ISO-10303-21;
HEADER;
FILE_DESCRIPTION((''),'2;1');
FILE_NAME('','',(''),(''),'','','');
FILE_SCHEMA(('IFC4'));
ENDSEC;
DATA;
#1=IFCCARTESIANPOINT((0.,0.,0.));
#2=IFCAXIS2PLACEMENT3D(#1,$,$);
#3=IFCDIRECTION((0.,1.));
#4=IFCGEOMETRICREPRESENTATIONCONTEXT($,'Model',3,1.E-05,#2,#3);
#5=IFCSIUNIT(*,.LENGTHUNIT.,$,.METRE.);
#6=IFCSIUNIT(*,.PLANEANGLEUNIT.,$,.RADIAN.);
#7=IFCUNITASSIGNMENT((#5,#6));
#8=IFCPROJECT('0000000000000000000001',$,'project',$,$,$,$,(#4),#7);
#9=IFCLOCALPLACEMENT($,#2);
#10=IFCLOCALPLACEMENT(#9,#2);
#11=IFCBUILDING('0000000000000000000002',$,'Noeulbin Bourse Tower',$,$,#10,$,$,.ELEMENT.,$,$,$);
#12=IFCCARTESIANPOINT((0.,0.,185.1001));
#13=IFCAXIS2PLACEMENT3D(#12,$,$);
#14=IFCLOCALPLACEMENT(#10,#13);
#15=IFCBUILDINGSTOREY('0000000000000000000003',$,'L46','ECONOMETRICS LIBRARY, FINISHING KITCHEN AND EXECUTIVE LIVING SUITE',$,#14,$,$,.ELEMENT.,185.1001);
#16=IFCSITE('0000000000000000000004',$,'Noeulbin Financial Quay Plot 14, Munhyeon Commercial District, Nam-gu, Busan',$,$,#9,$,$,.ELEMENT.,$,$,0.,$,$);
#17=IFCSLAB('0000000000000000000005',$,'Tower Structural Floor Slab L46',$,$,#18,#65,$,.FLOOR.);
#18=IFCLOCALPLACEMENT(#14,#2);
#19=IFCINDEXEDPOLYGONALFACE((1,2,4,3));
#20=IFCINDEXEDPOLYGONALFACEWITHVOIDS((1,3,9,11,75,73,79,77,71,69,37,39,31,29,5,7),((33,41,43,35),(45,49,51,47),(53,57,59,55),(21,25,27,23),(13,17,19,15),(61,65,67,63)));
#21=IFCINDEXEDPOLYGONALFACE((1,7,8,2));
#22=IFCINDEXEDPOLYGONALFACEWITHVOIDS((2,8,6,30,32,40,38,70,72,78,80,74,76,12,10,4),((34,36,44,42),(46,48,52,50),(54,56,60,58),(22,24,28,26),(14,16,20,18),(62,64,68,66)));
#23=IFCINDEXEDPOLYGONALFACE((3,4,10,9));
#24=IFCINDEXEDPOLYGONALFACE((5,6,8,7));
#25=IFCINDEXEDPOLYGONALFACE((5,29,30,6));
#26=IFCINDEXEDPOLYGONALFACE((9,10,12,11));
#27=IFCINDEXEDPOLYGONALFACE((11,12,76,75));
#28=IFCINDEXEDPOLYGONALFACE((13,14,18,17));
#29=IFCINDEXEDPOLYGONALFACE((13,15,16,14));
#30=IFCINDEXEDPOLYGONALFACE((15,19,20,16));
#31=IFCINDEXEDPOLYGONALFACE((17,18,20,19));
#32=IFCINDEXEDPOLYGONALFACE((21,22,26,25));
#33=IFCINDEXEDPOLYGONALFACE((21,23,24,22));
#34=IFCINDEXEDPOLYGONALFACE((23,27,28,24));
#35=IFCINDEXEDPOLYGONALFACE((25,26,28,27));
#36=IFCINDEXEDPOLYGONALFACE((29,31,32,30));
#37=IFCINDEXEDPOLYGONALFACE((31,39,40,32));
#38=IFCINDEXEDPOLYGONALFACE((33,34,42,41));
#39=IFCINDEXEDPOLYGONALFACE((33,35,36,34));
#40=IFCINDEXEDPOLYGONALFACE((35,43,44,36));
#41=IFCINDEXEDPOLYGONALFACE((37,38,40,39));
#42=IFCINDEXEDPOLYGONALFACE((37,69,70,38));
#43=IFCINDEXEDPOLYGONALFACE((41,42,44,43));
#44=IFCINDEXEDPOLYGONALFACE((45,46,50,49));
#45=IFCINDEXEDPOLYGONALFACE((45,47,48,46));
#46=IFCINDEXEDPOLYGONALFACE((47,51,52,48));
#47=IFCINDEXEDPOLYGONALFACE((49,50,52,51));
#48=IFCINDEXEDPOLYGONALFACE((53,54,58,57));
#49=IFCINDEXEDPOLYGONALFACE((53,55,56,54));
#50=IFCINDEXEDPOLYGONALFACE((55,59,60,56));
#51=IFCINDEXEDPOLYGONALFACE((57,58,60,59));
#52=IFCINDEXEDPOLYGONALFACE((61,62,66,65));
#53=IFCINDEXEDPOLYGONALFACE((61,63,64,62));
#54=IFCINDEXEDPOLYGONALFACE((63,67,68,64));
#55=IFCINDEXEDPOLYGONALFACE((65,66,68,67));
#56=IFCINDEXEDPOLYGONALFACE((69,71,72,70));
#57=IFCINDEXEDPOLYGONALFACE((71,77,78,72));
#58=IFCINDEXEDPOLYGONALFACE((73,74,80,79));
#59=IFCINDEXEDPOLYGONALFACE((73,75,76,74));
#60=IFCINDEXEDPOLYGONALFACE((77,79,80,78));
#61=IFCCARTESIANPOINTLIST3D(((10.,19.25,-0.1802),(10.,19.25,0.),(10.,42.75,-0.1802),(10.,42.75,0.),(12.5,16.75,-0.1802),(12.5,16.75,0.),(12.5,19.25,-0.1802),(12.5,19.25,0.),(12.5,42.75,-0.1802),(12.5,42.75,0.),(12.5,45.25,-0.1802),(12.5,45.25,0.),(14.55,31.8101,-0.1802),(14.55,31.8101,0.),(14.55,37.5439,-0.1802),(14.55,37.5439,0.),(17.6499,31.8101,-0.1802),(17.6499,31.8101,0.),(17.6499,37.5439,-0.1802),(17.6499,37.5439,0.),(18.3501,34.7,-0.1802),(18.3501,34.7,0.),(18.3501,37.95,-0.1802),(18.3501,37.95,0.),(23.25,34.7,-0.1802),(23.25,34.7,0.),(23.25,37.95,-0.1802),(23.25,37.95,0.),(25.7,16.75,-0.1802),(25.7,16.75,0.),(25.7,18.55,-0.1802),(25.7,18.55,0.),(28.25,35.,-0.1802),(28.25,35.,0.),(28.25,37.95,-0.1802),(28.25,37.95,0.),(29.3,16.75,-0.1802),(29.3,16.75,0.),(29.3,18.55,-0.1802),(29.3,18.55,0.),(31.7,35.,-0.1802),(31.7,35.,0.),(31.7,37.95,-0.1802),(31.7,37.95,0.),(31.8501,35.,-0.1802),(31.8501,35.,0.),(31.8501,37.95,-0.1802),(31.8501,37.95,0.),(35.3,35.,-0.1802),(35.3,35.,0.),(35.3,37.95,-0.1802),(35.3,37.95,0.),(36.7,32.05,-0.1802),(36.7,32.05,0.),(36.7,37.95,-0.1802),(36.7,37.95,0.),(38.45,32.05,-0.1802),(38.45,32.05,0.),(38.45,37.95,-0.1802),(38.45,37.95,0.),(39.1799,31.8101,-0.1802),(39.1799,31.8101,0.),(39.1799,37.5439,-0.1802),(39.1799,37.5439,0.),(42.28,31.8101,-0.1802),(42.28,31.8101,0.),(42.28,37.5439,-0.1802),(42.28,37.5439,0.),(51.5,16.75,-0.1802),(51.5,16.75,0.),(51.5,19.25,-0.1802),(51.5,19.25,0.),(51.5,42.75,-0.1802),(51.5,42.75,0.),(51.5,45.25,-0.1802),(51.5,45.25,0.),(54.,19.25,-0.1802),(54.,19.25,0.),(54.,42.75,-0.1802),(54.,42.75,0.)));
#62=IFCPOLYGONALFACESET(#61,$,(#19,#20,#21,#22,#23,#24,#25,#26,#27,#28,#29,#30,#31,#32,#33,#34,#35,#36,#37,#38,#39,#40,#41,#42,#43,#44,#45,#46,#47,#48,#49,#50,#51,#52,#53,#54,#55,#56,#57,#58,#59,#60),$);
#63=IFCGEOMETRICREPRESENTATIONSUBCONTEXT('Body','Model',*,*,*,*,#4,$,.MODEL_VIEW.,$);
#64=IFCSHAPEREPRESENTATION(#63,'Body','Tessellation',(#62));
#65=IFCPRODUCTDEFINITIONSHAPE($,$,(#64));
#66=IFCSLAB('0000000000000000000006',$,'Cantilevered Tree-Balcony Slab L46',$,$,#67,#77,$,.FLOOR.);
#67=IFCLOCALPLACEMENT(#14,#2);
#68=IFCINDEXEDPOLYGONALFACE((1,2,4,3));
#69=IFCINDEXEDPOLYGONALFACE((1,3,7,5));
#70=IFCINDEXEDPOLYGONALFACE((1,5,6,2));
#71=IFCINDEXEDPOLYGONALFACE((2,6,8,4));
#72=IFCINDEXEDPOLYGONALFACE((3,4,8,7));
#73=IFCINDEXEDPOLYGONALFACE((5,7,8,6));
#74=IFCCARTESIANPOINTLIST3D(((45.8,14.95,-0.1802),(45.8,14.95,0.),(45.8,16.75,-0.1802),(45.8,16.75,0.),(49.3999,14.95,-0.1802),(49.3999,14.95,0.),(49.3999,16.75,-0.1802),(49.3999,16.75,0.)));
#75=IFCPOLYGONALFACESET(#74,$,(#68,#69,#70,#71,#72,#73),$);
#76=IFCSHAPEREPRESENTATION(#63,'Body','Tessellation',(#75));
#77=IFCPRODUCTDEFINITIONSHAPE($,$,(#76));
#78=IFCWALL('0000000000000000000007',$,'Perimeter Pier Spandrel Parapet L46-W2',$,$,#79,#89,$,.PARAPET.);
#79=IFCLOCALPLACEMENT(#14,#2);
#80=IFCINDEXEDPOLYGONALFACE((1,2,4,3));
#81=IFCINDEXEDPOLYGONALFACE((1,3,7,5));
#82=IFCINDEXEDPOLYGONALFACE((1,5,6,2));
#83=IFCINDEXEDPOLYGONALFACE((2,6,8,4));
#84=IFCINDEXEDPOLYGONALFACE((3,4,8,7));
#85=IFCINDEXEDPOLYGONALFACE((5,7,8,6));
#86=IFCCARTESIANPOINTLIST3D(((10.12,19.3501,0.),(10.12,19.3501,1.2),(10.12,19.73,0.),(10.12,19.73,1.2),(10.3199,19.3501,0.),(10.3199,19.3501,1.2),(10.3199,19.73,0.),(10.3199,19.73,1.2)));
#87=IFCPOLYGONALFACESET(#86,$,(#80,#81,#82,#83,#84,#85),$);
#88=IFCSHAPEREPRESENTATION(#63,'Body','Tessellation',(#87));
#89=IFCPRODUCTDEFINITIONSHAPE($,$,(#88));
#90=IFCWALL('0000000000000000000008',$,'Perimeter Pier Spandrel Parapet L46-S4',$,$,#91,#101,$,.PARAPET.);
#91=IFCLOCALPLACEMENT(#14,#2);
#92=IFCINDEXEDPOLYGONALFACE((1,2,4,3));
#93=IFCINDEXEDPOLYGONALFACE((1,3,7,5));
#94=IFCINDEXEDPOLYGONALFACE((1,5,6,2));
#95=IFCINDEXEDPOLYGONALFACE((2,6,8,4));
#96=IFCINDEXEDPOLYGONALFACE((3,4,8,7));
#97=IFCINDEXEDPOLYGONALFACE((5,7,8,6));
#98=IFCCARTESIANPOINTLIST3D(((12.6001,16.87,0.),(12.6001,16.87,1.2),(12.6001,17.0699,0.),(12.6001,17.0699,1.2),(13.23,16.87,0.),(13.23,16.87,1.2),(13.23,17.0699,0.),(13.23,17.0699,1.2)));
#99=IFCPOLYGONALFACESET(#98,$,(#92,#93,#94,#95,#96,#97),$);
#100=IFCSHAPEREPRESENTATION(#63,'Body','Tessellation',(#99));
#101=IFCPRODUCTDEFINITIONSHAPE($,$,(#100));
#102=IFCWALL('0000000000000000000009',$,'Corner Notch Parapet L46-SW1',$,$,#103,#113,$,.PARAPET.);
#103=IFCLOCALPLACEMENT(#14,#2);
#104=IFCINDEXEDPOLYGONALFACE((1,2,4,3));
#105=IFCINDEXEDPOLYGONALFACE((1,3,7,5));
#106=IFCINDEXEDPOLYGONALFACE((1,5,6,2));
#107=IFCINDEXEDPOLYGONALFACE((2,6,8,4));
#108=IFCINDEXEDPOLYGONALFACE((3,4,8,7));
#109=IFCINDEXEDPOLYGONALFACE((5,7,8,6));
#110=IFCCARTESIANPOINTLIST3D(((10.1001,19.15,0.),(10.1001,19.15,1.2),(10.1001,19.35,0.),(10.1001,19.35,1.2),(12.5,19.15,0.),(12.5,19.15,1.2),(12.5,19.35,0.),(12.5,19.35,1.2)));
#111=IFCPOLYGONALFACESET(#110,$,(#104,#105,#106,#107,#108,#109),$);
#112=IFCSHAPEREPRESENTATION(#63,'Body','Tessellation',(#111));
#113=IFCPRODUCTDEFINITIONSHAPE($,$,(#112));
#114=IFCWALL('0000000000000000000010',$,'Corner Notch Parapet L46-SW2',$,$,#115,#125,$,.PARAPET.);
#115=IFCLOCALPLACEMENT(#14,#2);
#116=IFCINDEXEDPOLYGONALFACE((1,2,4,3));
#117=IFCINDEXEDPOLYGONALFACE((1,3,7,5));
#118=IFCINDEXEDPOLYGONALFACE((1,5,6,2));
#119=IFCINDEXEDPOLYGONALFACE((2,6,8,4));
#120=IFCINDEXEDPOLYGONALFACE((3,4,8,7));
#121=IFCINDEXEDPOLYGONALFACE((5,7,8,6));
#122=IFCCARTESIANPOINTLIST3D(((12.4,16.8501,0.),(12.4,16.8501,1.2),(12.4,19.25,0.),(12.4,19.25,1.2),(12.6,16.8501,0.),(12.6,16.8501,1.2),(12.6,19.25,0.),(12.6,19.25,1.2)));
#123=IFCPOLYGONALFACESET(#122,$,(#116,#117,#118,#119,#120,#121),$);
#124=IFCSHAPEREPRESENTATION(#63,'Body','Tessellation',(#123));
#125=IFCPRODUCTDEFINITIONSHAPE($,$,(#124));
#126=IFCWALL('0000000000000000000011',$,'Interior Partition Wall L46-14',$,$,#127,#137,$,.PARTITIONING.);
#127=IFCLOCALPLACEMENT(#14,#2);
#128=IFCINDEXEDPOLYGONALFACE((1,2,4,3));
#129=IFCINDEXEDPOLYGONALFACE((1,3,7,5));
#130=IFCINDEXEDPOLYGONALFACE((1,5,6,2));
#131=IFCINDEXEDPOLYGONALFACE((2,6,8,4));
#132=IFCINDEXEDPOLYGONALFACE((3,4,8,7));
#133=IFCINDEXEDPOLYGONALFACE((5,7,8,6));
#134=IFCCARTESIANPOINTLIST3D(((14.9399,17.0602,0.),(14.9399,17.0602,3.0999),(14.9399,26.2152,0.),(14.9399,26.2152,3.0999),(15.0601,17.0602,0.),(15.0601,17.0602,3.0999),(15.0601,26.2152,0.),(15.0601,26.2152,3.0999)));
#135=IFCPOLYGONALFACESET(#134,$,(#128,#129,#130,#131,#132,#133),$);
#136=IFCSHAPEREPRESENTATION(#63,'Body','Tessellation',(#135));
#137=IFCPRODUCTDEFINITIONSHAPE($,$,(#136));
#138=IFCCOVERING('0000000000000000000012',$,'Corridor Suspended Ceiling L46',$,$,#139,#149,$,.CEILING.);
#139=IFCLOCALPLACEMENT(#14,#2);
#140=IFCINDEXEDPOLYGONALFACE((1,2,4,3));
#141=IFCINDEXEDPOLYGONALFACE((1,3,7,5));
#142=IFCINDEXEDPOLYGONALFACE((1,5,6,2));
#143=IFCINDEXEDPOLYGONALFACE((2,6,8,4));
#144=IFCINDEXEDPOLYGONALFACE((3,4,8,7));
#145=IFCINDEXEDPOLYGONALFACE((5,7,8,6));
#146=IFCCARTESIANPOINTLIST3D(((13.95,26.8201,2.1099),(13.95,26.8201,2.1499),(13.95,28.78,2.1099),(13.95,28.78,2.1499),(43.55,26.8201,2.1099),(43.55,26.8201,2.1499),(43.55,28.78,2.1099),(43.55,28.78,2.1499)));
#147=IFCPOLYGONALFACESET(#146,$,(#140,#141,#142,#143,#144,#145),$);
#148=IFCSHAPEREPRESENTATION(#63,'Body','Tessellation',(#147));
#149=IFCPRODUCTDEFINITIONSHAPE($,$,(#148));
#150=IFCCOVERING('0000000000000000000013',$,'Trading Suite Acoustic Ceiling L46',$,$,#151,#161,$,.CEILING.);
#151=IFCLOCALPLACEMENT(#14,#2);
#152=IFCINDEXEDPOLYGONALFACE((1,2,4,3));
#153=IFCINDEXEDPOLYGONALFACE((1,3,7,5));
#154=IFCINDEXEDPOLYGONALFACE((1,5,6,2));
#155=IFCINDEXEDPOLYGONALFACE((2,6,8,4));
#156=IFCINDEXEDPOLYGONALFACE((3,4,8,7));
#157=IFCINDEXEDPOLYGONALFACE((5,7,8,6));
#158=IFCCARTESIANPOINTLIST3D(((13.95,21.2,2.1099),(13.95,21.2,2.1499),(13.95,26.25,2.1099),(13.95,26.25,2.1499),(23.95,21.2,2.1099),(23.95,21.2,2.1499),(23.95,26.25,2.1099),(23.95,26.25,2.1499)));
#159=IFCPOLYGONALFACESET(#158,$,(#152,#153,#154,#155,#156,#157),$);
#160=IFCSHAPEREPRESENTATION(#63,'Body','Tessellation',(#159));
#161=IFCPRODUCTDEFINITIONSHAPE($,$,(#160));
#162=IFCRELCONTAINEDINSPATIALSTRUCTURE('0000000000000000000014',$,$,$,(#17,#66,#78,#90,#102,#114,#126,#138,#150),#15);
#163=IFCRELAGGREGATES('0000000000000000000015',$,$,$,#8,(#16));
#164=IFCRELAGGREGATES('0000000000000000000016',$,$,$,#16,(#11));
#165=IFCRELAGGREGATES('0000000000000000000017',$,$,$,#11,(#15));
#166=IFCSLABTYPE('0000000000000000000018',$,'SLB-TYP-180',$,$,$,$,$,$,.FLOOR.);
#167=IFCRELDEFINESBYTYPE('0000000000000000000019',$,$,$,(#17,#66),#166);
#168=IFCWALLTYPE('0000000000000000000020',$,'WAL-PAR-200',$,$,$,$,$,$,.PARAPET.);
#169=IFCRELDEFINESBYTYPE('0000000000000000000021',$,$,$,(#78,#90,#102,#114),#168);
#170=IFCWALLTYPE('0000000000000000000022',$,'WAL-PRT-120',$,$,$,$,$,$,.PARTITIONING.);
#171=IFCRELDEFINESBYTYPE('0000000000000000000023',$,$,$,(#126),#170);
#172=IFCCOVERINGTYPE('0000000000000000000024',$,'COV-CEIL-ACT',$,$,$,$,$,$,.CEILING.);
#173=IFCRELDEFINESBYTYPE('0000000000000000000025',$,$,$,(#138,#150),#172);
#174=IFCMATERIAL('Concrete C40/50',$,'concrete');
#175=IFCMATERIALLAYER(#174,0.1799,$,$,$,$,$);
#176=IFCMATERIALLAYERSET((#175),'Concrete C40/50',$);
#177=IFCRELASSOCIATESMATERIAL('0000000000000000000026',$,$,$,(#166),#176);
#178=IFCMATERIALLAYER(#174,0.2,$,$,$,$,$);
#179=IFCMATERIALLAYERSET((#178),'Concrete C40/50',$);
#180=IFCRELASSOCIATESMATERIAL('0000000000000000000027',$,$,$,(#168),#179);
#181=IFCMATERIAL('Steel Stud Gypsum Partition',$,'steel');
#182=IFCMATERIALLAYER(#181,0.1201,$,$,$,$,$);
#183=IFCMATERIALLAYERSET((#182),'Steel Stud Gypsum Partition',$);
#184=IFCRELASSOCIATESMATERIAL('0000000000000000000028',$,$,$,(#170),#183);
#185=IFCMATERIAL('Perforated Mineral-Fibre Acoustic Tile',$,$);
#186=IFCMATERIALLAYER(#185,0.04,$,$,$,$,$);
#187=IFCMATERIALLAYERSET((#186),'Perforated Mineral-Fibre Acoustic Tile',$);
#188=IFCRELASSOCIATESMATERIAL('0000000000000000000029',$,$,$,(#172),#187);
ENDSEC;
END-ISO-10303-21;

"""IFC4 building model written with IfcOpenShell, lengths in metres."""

from ifc_helpers import new_model, si_unit, direction, frame, frame_2d, origin, place, context, subcontext, project, spatial, polyline, rectangle, outline, extrude, material, layer, layer_set, type_object, element, save


model = new_model("IFC4")

# Units and contexts
model_context = context("Model", 3, precision=1e-05, world=origin(), true_north=direction((0.0, 1.0)))
body_context = subcontext(model_context, "Body", "Model", "MODEL_VIEW")
ifc_project = project(units=[si_unit("LENGTHUNIT", "METRE"), si_unit("PLANEANGLEUNIT", "RADIAN")], contexts=[model_context])

# Site, building, storey
site_placement = place(None, origin())
site = spatial("IfcSite", under=ifc_project, at=site_placement, Name="Noeulbin Financial Quay Plot 14, Munhyeon Commercial District, Nam-gu, Busan", CompositionType="ELEMENT", RefElevation=0.0)
building_placement = place(site_placement, origin())
building = spatial("IfcBuilding", under=site, at=building_placement, Name="Noeulbin Bourse Tower", CompositionType="ELEMENT")
storey_placement = place(building_placement, frame((0.0, 0.0, 185.1001)))
storey = spatial("IfcBuildingStorey", under=building, at=storey_placement, Name="L46", Description="ECONOMETRICS LIBRARY, FINISHING KITCHEN AND EXECUTIVE LIVING SUITE", CompositionType="ELEMENT", Elevation=185.1001)

# Shared definitions
ifc_material_1 = material(Name="Concrete C40/50", Category="concrete")

# Slab, openings
ifc_layer_1 = layer(ifc_material_1, 0.1799)
ifc_layer_set_1 = layer_set([ifc_layer_1], Name="Concrete C40/50")
slab_type_1 = type_object("IfcSlabType", Name="SLB-TYP-180", PredefinedType="FLOOR", material=ifc_layer_set_1)
slab_1_placement = place(storey_placement, frame((0.0, 0.0, -0.1802)))
slab_1 = element("IfcSlab", 1, at=slab_1_placement, inside=storey, type_object=slab_type_1, Name="Tower Structural Floor Slab L46", PredefinedType="FLOOR", context=body_context, shape_type="SweptSolid", body=[
    extrude(outline(polyline([(12.5, 16.75), (25.7, 16.75), (25.7, 18.55), (29.3, 18.55), (29.3, 16.75), (51.5, 16.75), (51.5, 19.25), (54.0, 19.25), (54.0, 42.75), (51.5, 42.75), (51.5, 45.25), (12.5, 45.25), (12.5, 42.75), (10.0, 42.75), (10.0, 19.25), (12.5, 19.25), (12.5, 16.75)]), holes=[polyline([(17.6499, 31.8101), (17.6499, 37.5439), (14.55, 37.5439), (14.55, 31.8101), (17.6499, 31.8101)]), polyline([(42.28, 31.8101), (42.28, 37.5439), (39.1799, 37.5439), (39.1799, 31.8101), (42.28, 31.8101)]), polyline([(18.3501, 34.7), (23.25, 34.7), (23.25, 37.95), (18.3501, 37.95), (18.3501, 34.7)]), polyline([(36.7, 32.05), (38.45, 32.05), (38.45, 37.95), (36.7, 37.95), (36.7, 32.05)]), polyline([(28.25, 35.0), (31.7, 35.0), (31.7, 37.95), (28.25, 37.95), (28.25, 35.0)]), polyline([(31.8501, 35.0), (35.3, 35.0), (35.3, 37.95), (31.8501, 37.95), (31.8501, 35.0)])]), origin(), (0.0, 0.0, 1.0), 0.1802),
])
opening_1_placement = place(slab_1_placement, frame((0.0, 0.0, -0.01)))
element("IfcOpeningElement", 2, at=opening_1_placement, cuts=slab_1, PredefinedType="OPENING", context=body_context, shape_type="SweptSolid", body=[
    extrude(outline(polyline([(17.6499, 31.8101), (17.6499, 37.5439), (14.55, 37.5439), (14.55, 31.8101), (17.6499, 31.8101)])), origin(), (0.0, 0.0, 1.0), 0.2002),
])
opening_2_placement = place(slab_1_placement, frame((0.0, 0.0, -0.01)))
element("IfcOpeningElement", 3, at=opening_2_placement, cuts=slab_1, PredefinedType="OPENING", context=body_context, shape_type="SweptSolid", body=[
    extrude(outline(polyline([(42.28, 31.8101), (42.28, 37.5439), (39.1799, 37.5439), (39.1799, 31.8101), (42.28, 31.8101)])), origin(), (0.0, 0.0, 1.0), 0.2002),
])
opening_3_placement = place(slab_1_placement, frame((0.0, 0.0, -0.01)))
element("IfcOpeningElement", 4, at=opening_3_placement, cuts=slab_1, PredefinedType="OPENING", context=body_context, shape_type="SweptSolid", body=[
    extrude(outline(polyline([(18.3501, 34.7), (23.25, 34.7), (23.25, 37.95), (18.3501, 37.95), (18.3501, 34.7)])), origin(), (0.0, 0.0, 1.0), 0.2002),
])
opening_4_placement = place(slab_1_placement, frame((0.0, 0.0, -0.01)))
element("IfcOpeningElement", 5, at=opening_4_placement, cuts=slab_1, PredefinedType="OPENING", context=body_context, shape_type="SweptSolid", body=[
    extrude(outline(polyline([(36.7, 32.05), (38.45, 32.05), (38.45, 37.95), (36.7, 37.95), (36.7, 32.05)])), origin(), (0.0, 0.0, 1.0), 0.2002),
])
opening_5_placement = place(slab_1_placement, frame((0.0, 0.0, -0.01)))
element("IfcOpeningElement", 6, at=opening_5_placement, cuts=slab_1, PredefinedType="OPENING", context=body_context, shape_type="SweptSolid", body=[
    extrude(outline(polyline([(28.25, 35.0), (31.7, 35.0), (31.7, 37.95), (28.25, 37.95), (28.25, 35.0)])), origin(), (0.0, 0.0, 1.0), 0.2002),
])
opening_6_placement = place(slab_1_placement, frame((0.0, 0.0, -0.01)))
element("IfcOpeningElement", 7, at=opening_6_placement, cuts=slab_1, PredefinedType="OPENING", context=body_context, shape_type="SweptSolid", body=[
    extrude(outline(polyline([(31.8501, 35.0), (35.3, 35.0), (35.3, 37.95), (31.8501, 37.95), (31.8501, 35.0)])), origin(), (0.0, 0.0, 1.0), 0.2002),
])

# Slab
slab_2_placement = place(storey_placement, frame((0.0, 0.0, -0.1802)))
element("IfcSlab", 8, at=slab_2_placement, inside=storey, type_object=slab_type_1, Name="Cantilevered Tree-Balcony Slab L46", PredefinedType="FLOOR", context=body_context, shape_type="SweptSolid", body=[
    extrude(outline(polyline([(45.8, 14.95), (49.3999, 14.95), (49.3999, 16.75), (45.8, 16.75), (45.8, 14.95)])), origin(), (0.0, 0.0, 1.0), 0.1802),
])

# Walls
ifc_layer_2 = layer(ifc_material_1, 0.2)
ifc_layer_set_2 = layer_set([ifc_layer_2], Name="Concrete C40/50")
wall_type_1 = type_object("IfcWallType", Name="WAL-PAR-200", PredefinedType="PARAPET", material=ifc_layer_set_2)
wall_1_placement = place(storey_placement, frame((10.22, 19.3501, 0.0), z_axis=(0.0, 0.0, 1.0), x_axis=(0.0, 1.0, 0.0)))
element("IfcWall", 9, at=wall_1_placement, inside=storey, type_object=wall_type_1, Name="Perimeter Pier Spandrel Parapet L46-W2", PredefinedType="PARAPET", context=body_context, shape_type="SweptSolid", body=[
    extrude(rectangle(XDim=0.3799, YDim=0.2, at=frame_2d((0.1899, 0.0))), origin(), (0.0, 0.0, 1.0), 1.2),
])
wall_2_placement = place(storey_placement, frame((12.6001, 16.97, 0.0), z_axis=(0.0, 0.0, 1.0), x_axis=(1.0, 0.0, 0.0)))
element("IfcWall", 10, at=wall_2_placement, inside=storey, type_object=wall_type_1, Name="Perimeter Pier Spandrel Parapet L46-S4", PredefinedType="PARAPET", context=body_context, shape_type="SweptSolid", body=[
    extrude(rectangle(XDim=0.6299, YDim=0.2, at=frame_2d((0.3149, 0.0))), origin(), (0.0, 0.0, 1.0), 1.2),
])
for number, where, z_axis, x_axis, name in (
    (11, (10.1001, 19.25, 0.0), (0.0, 0.0, 1.0), (1.0, 0.0, 0.0), "Corner Notch Parapet L46-SW1"),
    (12, (12.5, 19.25, 0.0), (0.0, 0.0, 1.0), (0.0, -1.0, 0.0), "Corner Notch Parapet L46-SW2"),
):
    element("IfcWall", number, at=place(storey_placement, frame(where, z_axis=z_axis, x_axis=x_axis)), inside=storey, type_object=wall_type_1, Name=name, PredefinedType="PARAPET", context=body_context, shape_type="SweptSolid", body=[
        extrude(rectangle(XDim=2.3999, YDim=0.2, at=frame_2d((1.2, 0.0))), origin(), (0.0, 0.0, 1.0), 1.2),
    ])
ifc_material_2 = material(Name="Steel Stud Gypsum Partition", Category="steel")
ifc_layer_3 = layer(ifc_material_2, 0.1201)
ifc_layer_set_3 = layer_set([ifc_layer_3], Name="Steel Stud Gypsum Partition")
wall_type_2 = type_object("IfcWallType", Name="WAL-PRT-120", PredefinedType="PARTITIONING", material=ifc_layer_set_3)
wall_3_placement = place(storey_placement, frame((15.0, 17.0601, 0.0), z_axis=(0.0, 0.0, 1.0), x_axis=(0.0, 1.0, 0.0)))
element("IfcWall", 13, at=wall_3_placement, inside=storey, type_object=wall_type_2, Name="Interior Partition Wall L46-14", PredefinedType="PARTITIONING", context=body_context, shape_type="SweptSolid", body=[
    extrude(rectangle(XDim=9.155, YDim=0.1201, at=frame_2d((4.5776, 0.0))), origin(), (0.0, 0.0, 1.0), 3.0999),
])

# Coverings
ifc_material_3 = material(Name="Perforated Mineral-Fibre Acoustic Tile")
ifc_layer_4 = layer(ifc_material_3, 0.04)
ifc_layer_set_4 = layer_set([ifc_layer_4], Name="Perforated Mineral-Fibre Acoustic Tile")
covering_type = type_object("IfcCoveringType", Name="COV-CEIL-ACT", PredefinedType="CEILING", material=ifc_layer_set_4)
covering_1_placement = place(storey_placement, frame((0.0, 0.0, 2.1099)))
element("IfcCovering", 14, at=covering_1_placement, inside=storey, type_object=covering_type, Name="Corridor Suspended Ceiling L46", PredefinedType="CEILING", context=body_context, shape_type="SweptSolid", body=[
    extrude(outline(polyline([(13.95, 26.8201), (43.55, 26.8201), (43.55, 28.78), (13.95, 28.78), (13.95, 26.8201)])), origin(), (0.0, 0.0, 1.0), 0.04),
])
covering_2_placement = place(storey_placement, frame((0.0, 0.0, 2.1099)))
element("IfcCovering", 15, at=covering_2_placement, inside=storey, type_object=covering_type, Name="Trading Suite Acoustic Ceiling L46", PredefinedType="CEILING", context=body_context, shape_type="SweptSolid", body=[
    extrude(outline(polyline([(13.95, 21.2), (23.95, 21.2), (23.95, 26.25), (13.95, 26.25), (13.95, 21.2)])), origin(), (0.0, 0.0, 1.0), 0.04),
])

save(model, "model.ifc")
